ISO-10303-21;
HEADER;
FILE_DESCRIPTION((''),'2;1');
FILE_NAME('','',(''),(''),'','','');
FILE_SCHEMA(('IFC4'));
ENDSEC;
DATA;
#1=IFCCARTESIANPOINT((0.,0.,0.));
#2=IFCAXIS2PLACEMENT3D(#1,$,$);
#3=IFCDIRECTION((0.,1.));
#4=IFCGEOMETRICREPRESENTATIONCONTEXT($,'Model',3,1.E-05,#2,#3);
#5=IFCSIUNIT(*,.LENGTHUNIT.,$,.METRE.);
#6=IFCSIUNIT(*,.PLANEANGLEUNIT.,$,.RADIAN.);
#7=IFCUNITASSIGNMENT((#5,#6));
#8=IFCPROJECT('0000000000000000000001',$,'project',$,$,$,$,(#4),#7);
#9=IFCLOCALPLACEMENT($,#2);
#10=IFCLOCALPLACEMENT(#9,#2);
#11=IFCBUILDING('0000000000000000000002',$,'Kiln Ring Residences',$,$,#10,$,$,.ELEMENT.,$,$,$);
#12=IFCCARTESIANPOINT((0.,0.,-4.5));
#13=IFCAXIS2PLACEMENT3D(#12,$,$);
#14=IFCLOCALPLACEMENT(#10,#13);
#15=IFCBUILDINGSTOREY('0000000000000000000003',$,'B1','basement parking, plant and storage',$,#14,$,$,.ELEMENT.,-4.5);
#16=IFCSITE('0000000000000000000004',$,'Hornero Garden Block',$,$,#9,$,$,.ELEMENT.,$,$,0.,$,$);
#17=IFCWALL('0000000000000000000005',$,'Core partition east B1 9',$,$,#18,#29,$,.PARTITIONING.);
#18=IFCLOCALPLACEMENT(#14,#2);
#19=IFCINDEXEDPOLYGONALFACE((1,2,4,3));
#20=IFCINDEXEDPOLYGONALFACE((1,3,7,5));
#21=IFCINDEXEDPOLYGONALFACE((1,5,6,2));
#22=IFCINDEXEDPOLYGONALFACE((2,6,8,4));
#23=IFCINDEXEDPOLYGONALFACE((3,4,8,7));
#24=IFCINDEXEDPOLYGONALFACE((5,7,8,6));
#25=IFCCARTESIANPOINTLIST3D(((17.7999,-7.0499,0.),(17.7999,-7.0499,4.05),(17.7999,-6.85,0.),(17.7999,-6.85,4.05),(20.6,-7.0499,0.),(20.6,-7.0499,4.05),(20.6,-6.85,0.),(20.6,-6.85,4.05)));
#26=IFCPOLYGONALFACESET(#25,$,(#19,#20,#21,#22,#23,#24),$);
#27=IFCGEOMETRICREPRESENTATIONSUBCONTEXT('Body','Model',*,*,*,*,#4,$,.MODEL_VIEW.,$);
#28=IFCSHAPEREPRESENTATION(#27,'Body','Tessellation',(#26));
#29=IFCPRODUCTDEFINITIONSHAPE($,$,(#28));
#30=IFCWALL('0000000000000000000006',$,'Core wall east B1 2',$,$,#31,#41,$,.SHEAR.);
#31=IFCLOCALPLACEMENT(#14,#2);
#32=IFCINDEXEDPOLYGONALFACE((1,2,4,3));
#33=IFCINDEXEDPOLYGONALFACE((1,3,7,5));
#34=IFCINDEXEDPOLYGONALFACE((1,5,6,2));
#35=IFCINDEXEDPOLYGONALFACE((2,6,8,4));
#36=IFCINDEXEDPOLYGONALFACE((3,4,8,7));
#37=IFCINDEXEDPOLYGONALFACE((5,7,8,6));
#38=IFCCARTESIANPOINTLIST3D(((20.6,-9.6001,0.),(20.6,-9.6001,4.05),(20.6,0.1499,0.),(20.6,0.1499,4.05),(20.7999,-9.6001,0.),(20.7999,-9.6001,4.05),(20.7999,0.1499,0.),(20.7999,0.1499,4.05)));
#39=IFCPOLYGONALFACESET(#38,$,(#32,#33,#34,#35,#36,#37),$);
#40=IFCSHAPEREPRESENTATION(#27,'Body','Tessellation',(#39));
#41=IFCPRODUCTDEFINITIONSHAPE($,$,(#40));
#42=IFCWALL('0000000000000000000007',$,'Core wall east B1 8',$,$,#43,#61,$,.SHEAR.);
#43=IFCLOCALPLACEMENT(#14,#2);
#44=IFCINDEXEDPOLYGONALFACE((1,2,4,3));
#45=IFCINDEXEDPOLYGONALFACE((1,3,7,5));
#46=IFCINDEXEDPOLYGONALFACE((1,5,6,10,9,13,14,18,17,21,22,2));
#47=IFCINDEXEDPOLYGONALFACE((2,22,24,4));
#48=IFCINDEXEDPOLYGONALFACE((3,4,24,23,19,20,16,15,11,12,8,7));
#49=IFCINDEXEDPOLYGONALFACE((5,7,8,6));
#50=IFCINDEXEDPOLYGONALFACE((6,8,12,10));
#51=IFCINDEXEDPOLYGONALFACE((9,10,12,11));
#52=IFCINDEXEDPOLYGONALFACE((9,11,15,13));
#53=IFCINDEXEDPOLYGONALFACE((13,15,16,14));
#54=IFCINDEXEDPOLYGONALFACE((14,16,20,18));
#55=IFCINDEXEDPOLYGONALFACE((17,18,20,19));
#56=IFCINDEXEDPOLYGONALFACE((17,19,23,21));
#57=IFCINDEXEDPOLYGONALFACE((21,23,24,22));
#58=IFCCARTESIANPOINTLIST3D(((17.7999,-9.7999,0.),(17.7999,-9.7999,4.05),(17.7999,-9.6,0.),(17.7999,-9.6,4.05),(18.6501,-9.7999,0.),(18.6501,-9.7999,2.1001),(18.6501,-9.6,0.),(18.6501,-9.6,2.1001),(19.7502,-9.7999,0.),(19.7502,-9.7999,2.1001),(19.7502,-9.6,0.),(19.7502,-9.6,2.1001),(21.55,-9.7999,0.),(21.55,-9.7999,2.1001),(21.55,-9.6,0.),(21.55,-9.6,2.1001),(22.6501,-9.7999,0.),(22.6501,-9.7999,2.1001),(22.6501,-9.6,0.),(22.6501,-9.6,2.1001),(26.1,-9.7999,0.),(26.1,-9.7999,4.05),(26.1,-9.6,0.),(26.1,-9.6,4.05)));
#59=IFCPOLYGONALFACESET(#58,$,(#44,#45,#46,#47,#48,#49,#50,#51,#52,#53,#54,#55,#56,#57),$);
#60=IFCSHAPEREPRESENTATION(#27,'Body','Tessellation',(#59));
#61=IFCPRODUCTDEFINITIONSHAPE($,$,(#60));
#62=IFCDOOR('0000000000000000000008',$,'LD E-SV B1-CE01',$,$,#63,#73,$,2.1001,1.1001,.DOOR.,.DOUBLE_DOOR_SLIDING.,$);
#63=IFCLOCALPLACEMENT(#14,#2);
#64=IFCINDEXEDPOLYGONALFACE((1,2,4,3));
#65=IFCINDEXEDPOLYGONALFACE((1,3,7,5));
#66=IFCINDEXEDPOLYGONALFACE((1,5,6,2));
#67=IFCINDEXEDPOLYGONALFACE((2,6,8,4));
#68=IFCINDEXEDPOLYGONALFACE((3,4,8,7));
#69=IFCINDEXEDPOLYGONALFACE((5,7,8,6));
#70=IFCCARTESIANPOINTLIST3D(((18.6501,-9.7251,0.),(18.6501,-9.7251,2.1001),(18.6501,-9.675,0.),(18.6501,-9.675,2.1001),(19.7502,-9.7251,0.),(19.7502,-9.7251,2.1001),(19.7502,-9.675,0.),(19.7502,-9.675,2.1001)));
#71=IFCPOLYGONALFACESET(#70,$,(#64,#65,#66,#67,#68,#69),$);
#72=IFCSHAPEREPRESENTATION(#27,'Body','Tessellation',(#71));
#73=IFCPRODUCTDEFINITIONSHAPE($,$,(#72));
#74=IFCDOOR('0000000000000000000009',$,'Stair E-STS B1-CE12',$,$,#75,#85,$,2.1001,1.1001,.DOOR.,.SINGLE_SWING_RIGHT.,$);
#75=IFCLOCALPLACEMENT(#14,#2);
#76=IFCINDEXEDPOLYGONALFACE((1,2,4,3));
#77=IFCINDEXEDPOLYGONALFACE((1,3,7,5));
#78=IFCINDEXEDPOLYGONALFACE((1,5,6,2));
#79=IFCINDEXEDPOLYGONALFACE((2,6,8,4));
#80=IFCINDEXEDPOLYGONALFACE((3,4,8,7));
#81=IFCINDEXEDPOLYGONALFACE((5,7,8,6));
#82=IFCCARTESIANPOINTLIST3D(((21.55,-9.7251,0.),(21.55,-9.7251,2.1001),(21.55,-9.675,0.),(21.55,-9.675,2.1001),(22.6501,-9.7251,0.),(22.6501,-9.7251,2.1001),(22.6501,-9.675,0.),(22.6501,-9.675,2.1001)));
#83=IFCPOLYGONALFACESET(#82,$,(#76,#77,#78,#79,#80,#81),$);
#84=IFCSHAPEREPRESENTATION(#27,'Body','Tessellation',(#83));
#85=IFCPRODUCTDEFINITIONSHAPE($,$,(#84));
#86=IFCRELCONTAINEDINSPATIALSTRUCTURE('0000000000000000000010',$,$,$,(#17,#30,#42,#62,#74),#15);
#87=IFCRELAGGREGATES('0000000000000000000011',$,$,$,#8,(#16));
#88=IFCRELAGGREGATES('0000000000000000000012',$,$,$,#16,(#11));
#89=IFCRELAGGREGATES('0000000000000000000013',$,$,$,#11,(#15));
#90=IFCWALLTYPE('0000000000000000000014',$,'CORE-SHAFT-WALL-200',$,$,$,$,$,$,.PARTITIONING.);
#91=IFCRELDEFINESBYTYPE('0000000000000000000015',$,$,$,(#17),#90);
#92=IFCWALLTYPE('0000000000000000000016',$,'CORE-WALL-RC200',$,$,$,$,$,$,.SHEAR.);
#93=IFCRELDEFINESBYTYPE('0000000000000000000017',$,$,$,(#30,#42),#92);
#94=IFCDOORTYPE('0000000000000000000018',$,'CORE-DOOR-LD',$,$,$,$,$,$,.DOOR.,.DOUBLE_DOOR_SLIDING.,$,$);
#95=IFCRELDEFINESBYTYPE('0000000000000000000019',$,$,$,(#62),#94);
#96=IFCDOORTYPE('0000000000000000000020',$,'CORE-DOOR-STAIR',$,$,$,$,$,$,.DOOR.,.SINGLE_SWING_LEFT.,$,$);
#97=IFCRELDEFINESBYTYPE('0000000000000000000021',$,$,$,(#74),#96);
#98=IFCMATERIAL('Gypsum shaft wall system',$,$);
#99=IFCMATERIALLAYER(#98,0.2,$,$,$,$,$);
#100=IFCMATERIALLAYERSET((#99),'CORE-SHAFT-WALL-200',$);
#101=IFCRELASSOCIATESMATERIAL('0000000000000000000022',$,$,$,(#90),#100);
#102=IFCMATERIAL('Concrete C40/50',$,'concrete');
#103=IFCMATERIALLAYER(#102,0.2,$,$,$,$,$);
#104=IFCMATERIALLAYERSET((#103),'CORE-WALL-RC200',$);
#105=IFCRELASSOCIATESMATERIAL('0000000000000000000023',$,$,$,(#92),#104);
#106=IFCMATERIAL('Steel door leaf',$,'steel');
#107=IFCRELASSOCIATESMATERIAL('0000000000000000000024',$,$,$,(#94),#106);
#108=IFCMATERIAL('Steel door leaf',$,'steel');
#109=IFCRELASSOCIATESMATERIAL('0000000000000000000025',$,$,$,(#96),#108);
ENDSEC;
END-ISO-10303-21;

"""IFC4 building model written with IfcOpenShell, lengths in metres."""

from ifc_helpers import new_model, si_unit, direction, frame, frame_2d, origin, place, context, subcontext, project, spatial, rectangle, extrude, material, layer, layer_set, type_object, element, fill, save


model = new_model("IFC4")

# Units and contexts
model_context = context("Model", 3, precision=1e-05, world=origin(), true_north=direction((0.0, 1.0)))
body_context = subcontext(model_context, "Body", "Model", "MODEL_VIEW")
ifc_project = project(units=[si_unit("LENGTHUNIT", "METRE"), si_unit("PLANEANGLEUNIT", "RADIAN")], contexts=[model_context])

# Site, building, storey
site_placement = place(None, origin())
site = spatial("IfcSite", under=ifc_project, at=site_placement, Name="Hornero Garden Block", CompositionType="ELEMENT", RefElevation=0.0)
building_placement = place(site_placement, origin())
building = spatial("IfcBuilding", under=site, at=building_placement, Name="Kiln Ring Residences", CompositionType="ELEMENT")
storey_placement = place(building_placement, frame((0.0, 0.0, -4.5)))
storey = spatial("IfcBuildingStorey", under=building, at=storey_placement, Name="B1", Description="basement parking, plant and storage", CompositionType="ELEMENT", Elevation=-4.5)

# Walls
ifc_material_1 = material(Name="Gypsum shaft wall system")
ifc_layer_1 = layer(ifc_material_1, 0.2)
ifc_layer_set_1 = layer_set([ifc_layer_1], Name="CORE-SHAFT-WALL-200")
wall_type_1 = type_object("IfcWallType", Name="CORE-SHAFT-WALL-200", PredefinedType="PARTITIONING", material=ifc_layer_set_1)
wall_1_placement = place(storey_placement, frame((17.8, -6.95, 0.0), z_axis=(0.0, 0.0, 1.0), x_axis=(1.0, 0.0, 0.0)))
element("IfcWall", 1, at=wall_1_placement, inside=storey, type_object=wall_type_1, Name="Core partition east B1 9", PredefinedType="PARTITIONING", context=body_context, shape_type="SweptSolid", body=[
    extrude(rectangle(XDim=2.8, YDim=0.2, at=frame_2d((1.3999, 0.0))), origin(), (0.0, 0.0, 1.0), 4.05),
])
ifc_material_2 = material(Name="Concrete C40/50", Category="concrete")
ifc_layer_2 = layer(ifc_material_2, 0.2)
ifc_layer_set_2 = layer_set([ifc_layer_2], Name="CORE-WALL-RC200")
wall_type_2 = type_object("IfcWallType", Name="CORE-WALL-RC200", PredefinedType="SHEAR", material=ifc_layer_set_2)
wall_2_placement = place(storey_placement, frame((20.7, -9.6001, 0.0), z_axis=(0.0, 0.0, 1.0), x_axis=(0.0, 1.0, 0.0)))
element("IfcWall", 2, at=wall_2_placement, inside=storey, type_object=wall_type_2, Name="Core wall east B1 2", PredefinedType="SHEAR", context=body_context, shape_type="SweptSolid", body=[
    extrude(rectangle(XDim=9.75, YDim=0.2, at=frame_2d((4.875, 0.0))), origin(), (0.0, 0.0, 1.0), 4.05),
])

# Wall, openings, doors
wall_3_placement = place(storey_placement, frame((17.8, -9.7, 0.0), z_axis=(0.0, 0.0, 1.0), x_axis=(1.0, 0.0, 0.0)))
wall_3 = element("IfcWall", 3, at=wall_3_placement, inside=storey, type_object=wall_type_2, Name="Core wall east B1 8", PredefinedType="SHEAR", context=body_context, shape_type="SweptSolid", body=[
    extrude(rectangle(XDim=8.3, YDim=0.2, at=frame_2d((4.1499, 0.0))), origin(), (0.0, 0.0, 1.0), 4.05),
])
opening_1_placement = place(wall_3_placement, frame((0.8501, 0.0, 0.0)))
opening_1 = element("IfcOpeningElement", 4, at=opening_1_placement, cuts=wall_3, PredefinedType="OPENING", context=body_context, shape_type="SweptSolid", body=[
    extrude(rectangle(XDim=1.1001, YDim=2.1001, at=frame_2d((0.55, 1.05))), frame((0.0, 0.1099, 0.0), z_axis=(0.0, -1.0, 0.0), x_axis=(1.0, 0.0, 0.0)), (0.0, 0.0, 1.0), 0.22),
])
opening_2_placement = place(wall_3_placement, frame((3.75, 0.0, 0.0)))
opening_2 = element("IfcOpeningElement", 5, at=opening_2_placement, cuts=wall_3, PredefinedType="OPENING", context=body_context, shape_type="SweptSolid", body=[
    extrude(rectangle(XDim=1.1001, YDim=2.1001, at=frame_2d((0.55, 1.05))), frame((0.0, 0.1099, 0.0), z_axis=(0.0, -1.0, 0.0), x_axis=(1.0, 0.0, 0.0)), (0.0, 0.0, 1.0), 0.22),
])
ifc_material_3 = material(Name="Steel door leaf", Category="steel")
door_type_1 = type_object("IfcDoorType", Name="CORE-DOOR-LD", OperationType="DOUBLE_DOOR_SLIDING", PredefinedType="DOOR", material=ifc_material_3)
door_1_placement = place(opening_1_placement, origin())
door_1 = element("IfcDoor", 6, at=door_1_placement, inside=storey, type_object=door_type_1, Name="LD E-SV B1-CE01", OperationType="DOUBLE_DOOR_SLIDING", OverallHeight=2.1001, OverallWidth=1.1001, PredefinedType="DOOR", context=body_context, shape_type="SweptSolid", body=[
    extrude(rectangle(XDim=1.1001, YDim=2.1001, at=frame_2d((0.55, 1.05))), frame((0.0, 0.0249, 0.0), z_axis=(0.0, -1.0, 0.0), x_axis=(1.0, 0.0, 0.0)), (0.0, 0.0, 1.0), 0.05),
])
fill(opening_1, door_1)
ifc_material_4 = material(Name="Steel door leaf", Category="steel")
door_type_2 = type_object("IfcDoorType", Name="CORE-DOOR-STAIR", OperationType="SINGLE_SWING_LEFT", PredefinedType="DOOR", material=ifc_material_4)
door_2_placement = place(opening_2_placement, origin())
door_2 = element("IfcDoor", 7, at=door_2_placement, inside=storey, type_object=door_type_2, Name="Stair E-STS B1-CE12", OperationType="SINGLE_SWING_RIGHT", OverallHeight=2.1001, OverallWidth=1.1001, PredefinedType="DOOR", context=body_context, shape_type="SweptSolid", body=[
    extrude(rectangle(XDim=1.1001, YDim=2.1001, at=frame_2d((0.55, 1.05))), frame((0.0, 0.0249, 0.0), z_axis=(0.0, -1.0, 0.0), x_axis=(1.0, 0.0, 0.0)), (0.0, 0.0, 1.0), 0.05),
])
fill(opening_2, door_2)

save(model, "model.ifc")
